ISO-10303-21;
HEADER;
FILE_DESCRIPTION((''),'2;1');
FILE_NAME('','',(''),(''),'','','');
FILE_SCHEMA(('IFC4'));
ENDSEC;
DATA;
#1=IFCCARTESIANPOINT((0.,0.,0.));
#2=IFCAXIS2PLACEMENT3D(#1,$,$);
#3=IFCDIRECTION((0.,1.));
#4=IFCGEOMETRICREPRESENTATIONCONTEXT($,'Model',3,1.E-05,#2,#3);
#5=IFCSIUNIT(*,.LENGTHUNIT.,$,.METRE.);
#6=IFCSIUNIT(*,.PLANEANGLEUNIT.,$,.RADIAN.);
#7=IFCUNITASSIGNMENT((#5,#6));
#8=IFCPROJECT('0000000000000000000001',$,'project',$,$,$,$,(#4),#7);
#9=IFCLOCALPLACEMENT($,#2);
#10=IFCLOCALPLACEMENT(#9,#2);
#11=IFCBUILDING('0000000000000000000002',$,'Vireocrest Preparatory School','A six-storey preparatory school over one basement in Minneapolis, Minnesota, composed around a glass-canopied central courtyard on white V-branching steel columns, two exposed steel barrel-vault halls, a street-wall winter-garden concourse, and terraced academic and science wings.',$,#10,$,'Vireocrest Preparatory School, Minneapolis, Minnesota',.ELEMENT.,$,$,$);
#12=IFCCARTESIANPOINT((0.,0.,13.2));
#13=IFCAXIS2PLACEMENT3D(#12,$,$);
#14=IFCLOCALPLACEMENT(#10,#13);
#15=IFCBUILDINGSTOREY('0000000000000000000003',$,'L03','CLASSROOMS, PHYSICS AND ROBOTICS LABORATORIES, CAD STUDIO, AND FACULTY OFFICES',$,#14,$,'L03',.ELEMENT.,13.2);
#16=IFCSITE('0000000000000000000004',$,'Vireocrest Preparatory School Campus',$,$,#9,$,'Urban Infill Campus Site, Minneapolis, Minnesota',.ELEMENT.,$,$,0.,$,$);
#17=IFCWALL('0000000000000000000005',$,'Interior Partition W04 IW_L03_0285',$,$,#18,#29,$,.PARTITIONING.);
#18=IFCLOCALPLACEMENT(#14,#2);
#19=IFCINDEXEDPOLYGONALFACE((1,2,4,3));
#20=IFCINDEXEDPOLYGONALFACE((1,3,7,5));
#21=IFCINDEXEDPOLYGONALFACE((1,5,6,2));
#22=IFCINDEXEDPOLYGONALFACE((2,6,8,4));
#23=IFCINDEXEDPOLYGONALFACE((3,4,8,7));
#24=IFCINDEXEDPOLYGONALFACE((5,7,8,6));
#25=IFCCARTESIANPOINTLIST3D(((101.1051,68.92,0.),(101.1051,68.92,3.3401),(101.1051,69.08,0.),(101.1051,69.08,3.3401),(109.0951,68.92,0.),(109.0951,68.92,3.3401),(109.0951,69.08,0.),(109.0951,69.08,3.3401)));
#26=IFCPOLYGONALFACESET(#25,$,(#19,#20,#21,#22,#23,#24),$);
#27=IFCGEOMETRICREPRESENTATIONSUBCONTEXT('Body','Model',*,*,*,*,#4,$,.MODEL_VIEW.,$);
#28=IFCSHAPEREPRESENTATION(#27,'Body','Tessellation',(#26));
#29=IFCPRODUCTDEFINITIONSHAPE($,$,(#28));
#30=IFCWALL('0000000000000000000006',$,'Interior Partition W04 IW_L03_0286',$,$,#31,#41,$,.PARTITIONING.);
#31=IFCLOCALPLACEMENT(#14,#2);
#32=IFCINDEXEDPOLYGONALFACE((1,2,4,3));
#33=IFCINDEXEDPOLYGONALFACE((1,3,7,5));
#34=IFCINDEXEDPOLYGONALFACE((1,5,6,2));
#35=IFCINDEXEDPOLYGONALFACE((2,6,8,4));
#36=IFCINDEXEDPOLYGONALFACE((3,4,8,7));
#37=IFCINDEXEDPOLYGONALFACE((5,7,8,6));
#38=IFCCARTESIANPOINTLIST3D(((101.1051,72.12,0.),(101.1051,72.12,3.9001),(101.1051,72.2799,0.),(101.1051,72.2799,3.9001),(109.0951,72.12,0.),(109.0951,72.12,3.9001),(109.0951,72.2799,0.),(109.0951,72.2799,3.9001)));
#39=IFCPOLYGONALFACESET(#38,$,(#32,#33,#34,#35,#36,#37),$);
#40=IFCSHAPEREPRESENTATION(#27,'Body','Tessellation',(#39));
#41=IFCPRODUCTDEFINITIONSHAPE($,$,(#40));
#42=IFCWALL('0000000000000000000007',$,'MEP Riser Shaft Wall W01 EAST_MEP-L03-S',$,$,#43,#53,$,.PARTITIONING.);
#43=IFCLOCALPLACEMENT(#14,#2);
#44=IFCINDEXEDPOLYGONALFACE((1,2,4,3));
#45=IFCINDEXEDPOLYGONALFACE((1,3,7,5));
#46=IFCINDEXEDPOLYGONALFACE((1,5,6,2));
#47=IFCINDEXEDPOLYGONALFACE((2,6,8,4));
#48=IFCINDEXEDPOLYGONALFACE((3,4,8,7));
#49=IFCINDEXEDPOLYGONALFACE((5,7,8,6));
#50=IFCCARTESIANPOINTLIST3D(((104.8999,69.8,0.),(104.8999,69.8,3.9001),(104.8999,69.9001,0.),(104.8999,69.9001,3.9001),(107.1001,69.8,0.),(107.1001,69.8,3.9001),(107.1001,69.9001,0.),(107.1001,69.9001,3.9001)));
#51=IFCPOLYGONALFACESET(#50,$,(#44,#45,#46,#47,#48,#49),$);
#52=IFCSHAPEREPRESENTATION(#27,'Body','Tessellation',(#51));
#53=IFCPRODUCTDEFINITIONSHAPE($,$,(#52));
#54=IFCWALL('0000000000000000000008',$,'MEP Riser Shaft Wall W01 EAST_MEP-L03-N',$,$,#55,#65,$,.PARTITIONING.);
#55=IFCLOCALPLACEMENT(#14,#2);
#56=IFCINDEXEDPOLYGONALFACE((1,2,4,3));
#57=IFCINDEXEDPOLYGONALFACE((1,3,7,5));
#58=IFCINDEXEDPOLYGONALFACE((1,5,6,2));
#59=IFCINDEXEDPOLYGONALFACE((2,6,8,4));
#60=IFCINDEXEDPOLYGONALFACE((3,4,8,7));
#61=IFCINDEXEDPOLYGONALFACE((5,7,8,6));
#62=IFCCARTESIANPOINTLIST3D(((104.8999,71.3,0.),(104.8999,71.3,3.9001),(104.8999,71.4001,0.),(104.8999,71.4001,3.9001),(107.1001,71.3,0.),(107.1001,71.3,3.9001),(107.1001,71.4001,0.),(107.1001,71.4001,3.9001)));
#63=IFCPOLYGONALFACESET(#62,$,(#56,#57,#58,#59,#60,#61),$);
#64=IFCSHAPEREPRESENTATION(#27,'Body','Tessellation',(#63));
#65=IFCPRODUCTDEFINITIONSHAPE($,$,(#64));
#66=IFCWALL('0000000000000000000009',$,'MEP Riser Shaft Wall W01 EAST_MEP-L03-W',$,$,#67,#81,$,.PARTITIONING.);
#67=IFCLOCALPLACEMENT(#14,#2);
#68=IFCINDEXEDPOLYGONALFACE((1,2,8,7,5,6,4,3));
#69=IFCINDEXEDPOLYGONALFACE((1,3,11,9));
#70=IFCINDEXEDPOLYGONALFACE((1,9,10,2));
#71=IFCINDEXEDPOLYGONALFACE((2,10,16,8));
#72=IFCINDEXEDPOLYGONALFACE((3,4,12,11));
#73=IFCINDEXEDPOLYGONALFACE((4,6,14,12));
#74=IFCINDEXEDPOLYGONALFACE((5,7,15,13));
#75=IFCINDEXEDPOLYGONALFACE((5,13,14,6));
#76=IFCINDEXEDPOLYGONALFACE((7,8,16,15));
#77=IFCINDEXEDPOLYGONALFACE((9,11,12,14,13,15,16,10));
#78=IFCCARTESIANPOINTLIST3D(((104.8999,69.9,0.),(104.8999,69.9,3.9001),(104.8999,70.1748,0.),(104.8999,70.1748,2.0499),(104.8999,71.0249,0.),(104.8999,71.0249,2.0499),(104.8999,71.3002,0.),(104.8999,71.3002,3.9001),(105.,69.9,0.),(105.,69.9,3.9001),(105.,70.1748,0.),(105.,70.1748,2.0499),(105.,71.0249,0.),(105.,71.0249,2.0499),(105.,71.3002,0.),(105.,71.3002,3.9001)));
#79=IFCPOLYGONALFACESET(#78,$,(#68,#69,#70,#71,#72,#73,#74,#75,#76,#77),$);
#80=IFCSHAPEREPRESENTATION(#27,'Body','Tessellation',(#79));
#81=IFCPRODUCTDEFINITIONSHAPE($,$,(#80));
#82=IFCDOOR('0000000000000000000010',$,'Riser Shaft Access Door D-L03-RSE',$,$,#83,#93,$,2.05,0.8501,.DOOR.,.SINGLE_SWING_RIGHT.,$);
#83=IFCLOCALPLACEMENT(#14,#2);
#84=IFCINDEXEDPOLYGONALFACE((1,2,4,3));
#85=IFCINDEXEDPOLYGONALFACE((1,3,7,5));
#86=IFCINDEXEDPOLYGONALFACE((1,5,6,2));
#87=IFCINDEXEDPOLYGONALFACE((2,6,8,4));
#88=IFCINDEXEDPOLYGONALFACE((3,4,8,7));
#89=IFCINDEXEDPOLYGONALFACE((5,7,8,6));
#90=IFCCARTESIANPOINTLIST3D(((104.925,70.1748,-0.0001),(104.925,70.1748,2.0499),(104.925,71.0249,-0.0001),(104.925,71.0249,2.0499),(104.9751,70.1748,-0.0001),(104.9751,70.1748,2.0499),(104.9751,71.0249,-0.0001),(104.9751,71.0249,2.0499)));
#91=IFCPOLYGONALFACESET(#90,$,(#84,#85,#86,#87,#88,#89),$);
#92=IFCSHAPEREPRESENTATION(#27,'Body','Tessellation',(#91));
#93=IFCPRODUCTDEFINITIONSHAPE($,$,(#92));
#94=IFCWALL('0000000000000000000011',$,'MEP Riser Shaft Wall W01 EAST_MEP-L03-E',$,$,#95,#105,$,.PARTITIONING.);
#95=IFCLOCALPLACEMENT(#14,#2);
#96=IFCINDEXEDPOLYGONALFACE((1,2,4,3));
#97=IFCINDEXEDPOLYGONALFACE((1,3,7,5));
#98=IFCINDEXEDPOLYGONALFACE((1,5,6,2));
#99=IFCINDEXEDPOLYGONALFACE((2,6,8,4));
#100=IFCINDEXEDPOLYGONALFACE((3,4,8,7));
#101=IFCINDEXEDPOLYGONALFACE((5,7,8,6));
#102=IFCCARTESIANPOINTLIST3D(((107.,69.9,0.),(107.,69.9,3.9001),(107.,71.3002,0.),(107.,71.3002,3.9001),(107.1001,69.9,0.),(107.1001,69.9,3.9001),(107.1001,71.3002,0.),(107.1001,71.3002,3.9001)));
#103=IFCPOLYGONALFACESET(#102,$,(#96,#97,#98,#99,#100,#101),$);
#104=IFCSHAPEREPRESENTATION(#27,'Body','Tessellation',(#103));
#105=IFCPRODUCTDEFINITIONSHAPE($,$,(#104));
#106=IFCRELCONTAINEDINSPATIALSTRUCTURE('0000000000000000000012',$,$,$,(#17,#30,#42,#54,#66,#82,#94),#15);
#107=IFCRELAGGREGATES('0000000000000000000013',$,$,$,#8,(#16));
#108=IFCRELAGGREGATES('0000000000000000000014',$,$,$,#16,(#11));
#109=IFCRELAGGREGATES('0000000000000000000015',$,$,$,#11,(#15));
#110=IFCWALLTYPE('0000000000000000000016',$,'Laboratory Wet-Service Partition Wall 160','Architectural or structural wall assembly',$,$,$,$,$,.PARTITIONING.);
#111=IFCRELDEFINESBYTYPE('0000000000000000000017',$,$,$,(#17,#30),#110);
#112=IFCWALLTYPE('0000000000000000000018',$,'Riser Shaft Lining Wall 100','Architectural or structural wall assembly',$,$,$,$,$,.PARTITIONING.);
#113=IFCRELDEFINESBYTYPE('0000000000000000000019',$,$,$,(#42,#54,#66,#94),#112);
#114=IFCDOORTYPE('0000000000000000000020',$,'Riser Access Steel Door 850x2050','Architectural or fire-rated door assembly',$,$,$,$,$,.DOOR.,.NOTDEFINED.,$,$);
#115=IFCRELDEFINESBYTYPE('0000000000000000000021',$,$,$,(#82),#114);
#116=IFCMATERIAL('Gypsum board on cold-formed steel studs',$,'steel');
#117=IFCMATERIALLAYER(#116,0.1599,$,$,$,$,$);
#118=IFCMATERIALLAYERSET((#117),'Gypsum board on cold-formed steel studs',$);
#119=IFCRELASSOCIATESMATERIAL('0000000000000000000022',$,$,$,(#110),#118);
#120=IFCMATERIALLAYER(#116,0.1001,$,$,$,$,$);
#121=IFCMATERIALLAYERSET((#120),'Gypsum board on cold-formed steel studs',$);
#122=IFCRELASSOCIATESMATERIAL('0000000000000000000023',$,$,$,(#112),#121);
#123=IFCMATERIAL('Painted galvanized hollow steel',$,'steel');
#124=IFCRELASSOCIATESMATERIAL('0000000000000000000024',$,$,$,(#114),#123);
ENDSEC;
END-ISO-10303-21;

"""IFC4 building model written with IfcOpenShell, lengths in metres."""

from ifc_helpers import new_model, si_unit, direction, frame, frame_2d, origin, place, context, subcontext, project, spatial, rectangle, extrude, material, layer, layer_set, type_object, element, fill, save


model = new_model("IFC4")

# Units and contexts
model_context = context("Model", 3, precision=1e-05, world=origin(), true_north=direction((0.0, 1.0)))
body_context = subcontext(model_context, "Body", "Model", "MODEL_VIEW")
ifc_project = project(units=[si_unit("LENGTHUNIT", "METRE"), si_unit("PLANEANGLEUNIT", "RADIAN")], contexts=[model_context])

# Site, building, storey
site_placement = place(None, origin())
site = spatial("IfcSite", under=ifc_project, at=site_placement, Name="Vireocrest Preparatory School Campus", LongName="Urban Infill Campus Site, Minneapolis, Minnesota", CompositionType="ELEMENT", RefElevation=0.0)
building_placement = place(site_placement, origin())
building = spatial("IfcBuilding", under=site, at=building_placement, Name="Vireocrest Preparatory School", Description="A six-storey preparatory school over one basement in Minneapolis, Minnesota, composed around a glass-canopied central courtyard on white V-branching steel columns, two exposed steel barrel-vault halls, a street-wall winter-garden concourse, and terraced academic and science wings.", LongName="Vireocrest Preparatory School, Minneapolis, Minnesota", CompositionType="ELEMENT")
storey_placement = place(building_placement, frame((0.0, 0.0, 13.2)))
storey = spatial("IfcBuildingStorey", under=building, at=storey_placement, Name="L03", Description="CLASSROOMS, PHYSICS AND ROBOTICS LABORATORIES, CAD STUDIO, AND FACULTY OFFICES", LongName="L03", CompositionType="ELEMENT", Elevation=13.2)

# Walls
ifc_material_1 = material(Name="Gypsum board on cold-formed steel studs", Category="steel")
ifc_layer_1 = layer(ifc_material_1, 0.1599)
ifc_layer_set_1 = layer_set([ifc_layer_1], Name="Gypsum board on cold-formed steel studs")
wall_type_1 = type_object("IfcWallType", Name="Laboratory Wet-Service Partition Wall 160", Description="Architectural or structural wall assembly", PredefinedType="PARTITIONING", material=ifc_layer_set_1)
wall_1_placement = place(storey_placement, frame((101.105, 69.0, 0.0), z_axis=(0.0, 0.0, 1.0), x_axis=(1.0, 0.0, 0.0)))
element("IfcWall", 1, at=wall_1_placement, inside=storey, type_object=wall_type_1, Name="Interior Partition W04 IW_L03_0285", PredefinedType="PARTITIONING", context=body_context, shape_type="SweptSolid", body=[
    extrude(rectangle(XDim=7.99, YDim=0.1599, at=frame_2d((3.9951, 0.0))), origin(), (0.0, 0.0, 1.0), 3.3401),
])
wall_2_placement = place(storey_placement, frame((101.105, 72.2, 0.0), z_axis=(0.0, 0.0, 1.0), x_axis=(1.0, 0.0, 0.0)))
element("IfcWall", 2, at=wall_2_placement, inside=storey, type_object=wall_type_1, Name="Interior Partition W04 IW_L03_0286", PredefinedType="PARTITIONING", context=body_context, shape_type="SweptSolid", body=[
    extrude(rectangle(XDim=7.99, YDim=0.1599, at=frame_2d((3.9951, 0.0))), origin(), (0.0, 0.0, 1.0), 3.9001),
])
ifc_layer_2 = layer(ifc_material_1, 0.1001)
ifc_layer_set_2 = layer_set([ifc_layer_2], Name="Gypsum board on cold-formed steel studs")
wall_type_2 = type_object("IfcWallType", Name="Riser Shaft Lining Wall 100", Description="Architectural or structural wall assembly", PredefinedType="PARTITIONING", material=ifc_layer_set_2)
for number, where, z_axis, x_axis, name in (
    (3, (104.8999, 69.8501, 0.0), (0.0, 0.0, 1.0), (1.0, 0.0, 0.0), "MEP Riser Shaft Wall W01 EAST_MEP-L03-S"),
    (4, (104.8999, 71.3501, 0.0), (0.0, 0.0, 1.0), (1.0, 0.0, 0.0), "MEP Riser Shaft Wall W01 EAST_MEP-L03-N"),
):
    element("IfcWall", number, at=place(storey_placement, frame(where, z_axis=z_axis, x_axis=x_axis)), inside=storey, type_object=wall_type_2, Name=name, PredefinedType="PARTITIONING", context=body_context, shape_type="SweptSolid", body=[
        extrude(rectangle(XDim=2.2002, YDim=0.1001, at=frame_2d((1.1001, 0.0))), origin(), (0.0, 0.0, 1.0), 3.9001),
    ])

# Wall, opening, door
wall_3_placement = place(storey_placement, frame((104.95, 69.8999, 0.0), z_axis=(0.0, 0.0, 1.0), x_axis=(0.0, 1.0, 0.0)))
wall_3 = element("IfcWall", 5, at=wall_3_placement, inside=storey, type_object=wall_type_2, Name="MEP Riser Shaft Wall W01 EAST_MEP-L03-W", PredefinedType="PARTITIONING", context=body_context, shape_type="SweptSolid", body=[
    extrude(rectangle(XDim=1.4001, YDim=0.1001, at=frame_2d((0.7002, 0.0))), origin(), (0.0, 0.0, 1.0), 3.9001),
])
opening_placement = place(wall_3_placement, frame((0.2749, 0.0, 0.0)))
opening = element("IfcOpeningElement", 6, at=opening_placement, cuts=wall_3, PredefinedType="OPENING", context=body_context, shape_type="SweptSolid", body=[
    extrude(rectangle(XDim=0.8501, YDim=2.05, at=frame_2d((0.425, 1.0249))), frame((0.0, 0.0601, 0.0), z_axis=(0.0, -1.0, 0.0), x_axis=(1.0, 0.0, 0.0)), (0.0, 0.0, 1.0), 0.1201),
])
ifc_material_2 = material(Name="Painted galvanized hollow steel", Category="steel")
door_type = type_object("IfcDoorType", Name="Riser Access Steel Door 850x2050", Description="Architectural or fire-rated door assembly", OperationType="NOTDEFINED", PredefinedType="DOOR", material=ifc_material_2)
door_placement = place(opening_placement, origin())
door = element("IfcDoor", 7, at=door_placement, inside=storey, type_object=door_type, Name="Riser Shaft Access Door D-L03-RSE", OperationType="SINGLE_SWING_RIGHT", OverallHeight=2.05, OverallWidth=0.8501, PredefinedType="DOOR", context=body_context, shape_type="SweptSolid", body=[
    extrude(rectangle(XDim=0.8501, YDim=2.05, at=frame_2d((0.425, 1.0249))), frame((0.0, 0.0249, 0.0), z_axis=(0.0, -1.0, 0.0), x_axis=(1.0, 0.0, 0.0)), (0.0, 0.0, 1.0), 0.05),
])
fill(opening, door)

# Wall
wall_4_placement = place(storey_placement, frame((107.05, 69.8999, 0.0), z_axis=(0.0, 0.0, 1.0), x_axis=(0.0, 1.0, 0.0)))
element("IfcWall", 8, at=wall_4_placement, inside=storey, type_object=wall_type_2, Name="MEP Riser Shaft Wall W01 EAST_MEP-L03-E", PredefinedType="PARTITIONING", context=body_context, shape_type="SweptSolid", body=[
    extrude(rectangle(XDim=1.4001, YDim=0.1001, at=frame_2d((0.7002, 0.0))), origin(), (0.0, 0.0, 1.0), 3.9001),
])

save(model, "model.ifc")
